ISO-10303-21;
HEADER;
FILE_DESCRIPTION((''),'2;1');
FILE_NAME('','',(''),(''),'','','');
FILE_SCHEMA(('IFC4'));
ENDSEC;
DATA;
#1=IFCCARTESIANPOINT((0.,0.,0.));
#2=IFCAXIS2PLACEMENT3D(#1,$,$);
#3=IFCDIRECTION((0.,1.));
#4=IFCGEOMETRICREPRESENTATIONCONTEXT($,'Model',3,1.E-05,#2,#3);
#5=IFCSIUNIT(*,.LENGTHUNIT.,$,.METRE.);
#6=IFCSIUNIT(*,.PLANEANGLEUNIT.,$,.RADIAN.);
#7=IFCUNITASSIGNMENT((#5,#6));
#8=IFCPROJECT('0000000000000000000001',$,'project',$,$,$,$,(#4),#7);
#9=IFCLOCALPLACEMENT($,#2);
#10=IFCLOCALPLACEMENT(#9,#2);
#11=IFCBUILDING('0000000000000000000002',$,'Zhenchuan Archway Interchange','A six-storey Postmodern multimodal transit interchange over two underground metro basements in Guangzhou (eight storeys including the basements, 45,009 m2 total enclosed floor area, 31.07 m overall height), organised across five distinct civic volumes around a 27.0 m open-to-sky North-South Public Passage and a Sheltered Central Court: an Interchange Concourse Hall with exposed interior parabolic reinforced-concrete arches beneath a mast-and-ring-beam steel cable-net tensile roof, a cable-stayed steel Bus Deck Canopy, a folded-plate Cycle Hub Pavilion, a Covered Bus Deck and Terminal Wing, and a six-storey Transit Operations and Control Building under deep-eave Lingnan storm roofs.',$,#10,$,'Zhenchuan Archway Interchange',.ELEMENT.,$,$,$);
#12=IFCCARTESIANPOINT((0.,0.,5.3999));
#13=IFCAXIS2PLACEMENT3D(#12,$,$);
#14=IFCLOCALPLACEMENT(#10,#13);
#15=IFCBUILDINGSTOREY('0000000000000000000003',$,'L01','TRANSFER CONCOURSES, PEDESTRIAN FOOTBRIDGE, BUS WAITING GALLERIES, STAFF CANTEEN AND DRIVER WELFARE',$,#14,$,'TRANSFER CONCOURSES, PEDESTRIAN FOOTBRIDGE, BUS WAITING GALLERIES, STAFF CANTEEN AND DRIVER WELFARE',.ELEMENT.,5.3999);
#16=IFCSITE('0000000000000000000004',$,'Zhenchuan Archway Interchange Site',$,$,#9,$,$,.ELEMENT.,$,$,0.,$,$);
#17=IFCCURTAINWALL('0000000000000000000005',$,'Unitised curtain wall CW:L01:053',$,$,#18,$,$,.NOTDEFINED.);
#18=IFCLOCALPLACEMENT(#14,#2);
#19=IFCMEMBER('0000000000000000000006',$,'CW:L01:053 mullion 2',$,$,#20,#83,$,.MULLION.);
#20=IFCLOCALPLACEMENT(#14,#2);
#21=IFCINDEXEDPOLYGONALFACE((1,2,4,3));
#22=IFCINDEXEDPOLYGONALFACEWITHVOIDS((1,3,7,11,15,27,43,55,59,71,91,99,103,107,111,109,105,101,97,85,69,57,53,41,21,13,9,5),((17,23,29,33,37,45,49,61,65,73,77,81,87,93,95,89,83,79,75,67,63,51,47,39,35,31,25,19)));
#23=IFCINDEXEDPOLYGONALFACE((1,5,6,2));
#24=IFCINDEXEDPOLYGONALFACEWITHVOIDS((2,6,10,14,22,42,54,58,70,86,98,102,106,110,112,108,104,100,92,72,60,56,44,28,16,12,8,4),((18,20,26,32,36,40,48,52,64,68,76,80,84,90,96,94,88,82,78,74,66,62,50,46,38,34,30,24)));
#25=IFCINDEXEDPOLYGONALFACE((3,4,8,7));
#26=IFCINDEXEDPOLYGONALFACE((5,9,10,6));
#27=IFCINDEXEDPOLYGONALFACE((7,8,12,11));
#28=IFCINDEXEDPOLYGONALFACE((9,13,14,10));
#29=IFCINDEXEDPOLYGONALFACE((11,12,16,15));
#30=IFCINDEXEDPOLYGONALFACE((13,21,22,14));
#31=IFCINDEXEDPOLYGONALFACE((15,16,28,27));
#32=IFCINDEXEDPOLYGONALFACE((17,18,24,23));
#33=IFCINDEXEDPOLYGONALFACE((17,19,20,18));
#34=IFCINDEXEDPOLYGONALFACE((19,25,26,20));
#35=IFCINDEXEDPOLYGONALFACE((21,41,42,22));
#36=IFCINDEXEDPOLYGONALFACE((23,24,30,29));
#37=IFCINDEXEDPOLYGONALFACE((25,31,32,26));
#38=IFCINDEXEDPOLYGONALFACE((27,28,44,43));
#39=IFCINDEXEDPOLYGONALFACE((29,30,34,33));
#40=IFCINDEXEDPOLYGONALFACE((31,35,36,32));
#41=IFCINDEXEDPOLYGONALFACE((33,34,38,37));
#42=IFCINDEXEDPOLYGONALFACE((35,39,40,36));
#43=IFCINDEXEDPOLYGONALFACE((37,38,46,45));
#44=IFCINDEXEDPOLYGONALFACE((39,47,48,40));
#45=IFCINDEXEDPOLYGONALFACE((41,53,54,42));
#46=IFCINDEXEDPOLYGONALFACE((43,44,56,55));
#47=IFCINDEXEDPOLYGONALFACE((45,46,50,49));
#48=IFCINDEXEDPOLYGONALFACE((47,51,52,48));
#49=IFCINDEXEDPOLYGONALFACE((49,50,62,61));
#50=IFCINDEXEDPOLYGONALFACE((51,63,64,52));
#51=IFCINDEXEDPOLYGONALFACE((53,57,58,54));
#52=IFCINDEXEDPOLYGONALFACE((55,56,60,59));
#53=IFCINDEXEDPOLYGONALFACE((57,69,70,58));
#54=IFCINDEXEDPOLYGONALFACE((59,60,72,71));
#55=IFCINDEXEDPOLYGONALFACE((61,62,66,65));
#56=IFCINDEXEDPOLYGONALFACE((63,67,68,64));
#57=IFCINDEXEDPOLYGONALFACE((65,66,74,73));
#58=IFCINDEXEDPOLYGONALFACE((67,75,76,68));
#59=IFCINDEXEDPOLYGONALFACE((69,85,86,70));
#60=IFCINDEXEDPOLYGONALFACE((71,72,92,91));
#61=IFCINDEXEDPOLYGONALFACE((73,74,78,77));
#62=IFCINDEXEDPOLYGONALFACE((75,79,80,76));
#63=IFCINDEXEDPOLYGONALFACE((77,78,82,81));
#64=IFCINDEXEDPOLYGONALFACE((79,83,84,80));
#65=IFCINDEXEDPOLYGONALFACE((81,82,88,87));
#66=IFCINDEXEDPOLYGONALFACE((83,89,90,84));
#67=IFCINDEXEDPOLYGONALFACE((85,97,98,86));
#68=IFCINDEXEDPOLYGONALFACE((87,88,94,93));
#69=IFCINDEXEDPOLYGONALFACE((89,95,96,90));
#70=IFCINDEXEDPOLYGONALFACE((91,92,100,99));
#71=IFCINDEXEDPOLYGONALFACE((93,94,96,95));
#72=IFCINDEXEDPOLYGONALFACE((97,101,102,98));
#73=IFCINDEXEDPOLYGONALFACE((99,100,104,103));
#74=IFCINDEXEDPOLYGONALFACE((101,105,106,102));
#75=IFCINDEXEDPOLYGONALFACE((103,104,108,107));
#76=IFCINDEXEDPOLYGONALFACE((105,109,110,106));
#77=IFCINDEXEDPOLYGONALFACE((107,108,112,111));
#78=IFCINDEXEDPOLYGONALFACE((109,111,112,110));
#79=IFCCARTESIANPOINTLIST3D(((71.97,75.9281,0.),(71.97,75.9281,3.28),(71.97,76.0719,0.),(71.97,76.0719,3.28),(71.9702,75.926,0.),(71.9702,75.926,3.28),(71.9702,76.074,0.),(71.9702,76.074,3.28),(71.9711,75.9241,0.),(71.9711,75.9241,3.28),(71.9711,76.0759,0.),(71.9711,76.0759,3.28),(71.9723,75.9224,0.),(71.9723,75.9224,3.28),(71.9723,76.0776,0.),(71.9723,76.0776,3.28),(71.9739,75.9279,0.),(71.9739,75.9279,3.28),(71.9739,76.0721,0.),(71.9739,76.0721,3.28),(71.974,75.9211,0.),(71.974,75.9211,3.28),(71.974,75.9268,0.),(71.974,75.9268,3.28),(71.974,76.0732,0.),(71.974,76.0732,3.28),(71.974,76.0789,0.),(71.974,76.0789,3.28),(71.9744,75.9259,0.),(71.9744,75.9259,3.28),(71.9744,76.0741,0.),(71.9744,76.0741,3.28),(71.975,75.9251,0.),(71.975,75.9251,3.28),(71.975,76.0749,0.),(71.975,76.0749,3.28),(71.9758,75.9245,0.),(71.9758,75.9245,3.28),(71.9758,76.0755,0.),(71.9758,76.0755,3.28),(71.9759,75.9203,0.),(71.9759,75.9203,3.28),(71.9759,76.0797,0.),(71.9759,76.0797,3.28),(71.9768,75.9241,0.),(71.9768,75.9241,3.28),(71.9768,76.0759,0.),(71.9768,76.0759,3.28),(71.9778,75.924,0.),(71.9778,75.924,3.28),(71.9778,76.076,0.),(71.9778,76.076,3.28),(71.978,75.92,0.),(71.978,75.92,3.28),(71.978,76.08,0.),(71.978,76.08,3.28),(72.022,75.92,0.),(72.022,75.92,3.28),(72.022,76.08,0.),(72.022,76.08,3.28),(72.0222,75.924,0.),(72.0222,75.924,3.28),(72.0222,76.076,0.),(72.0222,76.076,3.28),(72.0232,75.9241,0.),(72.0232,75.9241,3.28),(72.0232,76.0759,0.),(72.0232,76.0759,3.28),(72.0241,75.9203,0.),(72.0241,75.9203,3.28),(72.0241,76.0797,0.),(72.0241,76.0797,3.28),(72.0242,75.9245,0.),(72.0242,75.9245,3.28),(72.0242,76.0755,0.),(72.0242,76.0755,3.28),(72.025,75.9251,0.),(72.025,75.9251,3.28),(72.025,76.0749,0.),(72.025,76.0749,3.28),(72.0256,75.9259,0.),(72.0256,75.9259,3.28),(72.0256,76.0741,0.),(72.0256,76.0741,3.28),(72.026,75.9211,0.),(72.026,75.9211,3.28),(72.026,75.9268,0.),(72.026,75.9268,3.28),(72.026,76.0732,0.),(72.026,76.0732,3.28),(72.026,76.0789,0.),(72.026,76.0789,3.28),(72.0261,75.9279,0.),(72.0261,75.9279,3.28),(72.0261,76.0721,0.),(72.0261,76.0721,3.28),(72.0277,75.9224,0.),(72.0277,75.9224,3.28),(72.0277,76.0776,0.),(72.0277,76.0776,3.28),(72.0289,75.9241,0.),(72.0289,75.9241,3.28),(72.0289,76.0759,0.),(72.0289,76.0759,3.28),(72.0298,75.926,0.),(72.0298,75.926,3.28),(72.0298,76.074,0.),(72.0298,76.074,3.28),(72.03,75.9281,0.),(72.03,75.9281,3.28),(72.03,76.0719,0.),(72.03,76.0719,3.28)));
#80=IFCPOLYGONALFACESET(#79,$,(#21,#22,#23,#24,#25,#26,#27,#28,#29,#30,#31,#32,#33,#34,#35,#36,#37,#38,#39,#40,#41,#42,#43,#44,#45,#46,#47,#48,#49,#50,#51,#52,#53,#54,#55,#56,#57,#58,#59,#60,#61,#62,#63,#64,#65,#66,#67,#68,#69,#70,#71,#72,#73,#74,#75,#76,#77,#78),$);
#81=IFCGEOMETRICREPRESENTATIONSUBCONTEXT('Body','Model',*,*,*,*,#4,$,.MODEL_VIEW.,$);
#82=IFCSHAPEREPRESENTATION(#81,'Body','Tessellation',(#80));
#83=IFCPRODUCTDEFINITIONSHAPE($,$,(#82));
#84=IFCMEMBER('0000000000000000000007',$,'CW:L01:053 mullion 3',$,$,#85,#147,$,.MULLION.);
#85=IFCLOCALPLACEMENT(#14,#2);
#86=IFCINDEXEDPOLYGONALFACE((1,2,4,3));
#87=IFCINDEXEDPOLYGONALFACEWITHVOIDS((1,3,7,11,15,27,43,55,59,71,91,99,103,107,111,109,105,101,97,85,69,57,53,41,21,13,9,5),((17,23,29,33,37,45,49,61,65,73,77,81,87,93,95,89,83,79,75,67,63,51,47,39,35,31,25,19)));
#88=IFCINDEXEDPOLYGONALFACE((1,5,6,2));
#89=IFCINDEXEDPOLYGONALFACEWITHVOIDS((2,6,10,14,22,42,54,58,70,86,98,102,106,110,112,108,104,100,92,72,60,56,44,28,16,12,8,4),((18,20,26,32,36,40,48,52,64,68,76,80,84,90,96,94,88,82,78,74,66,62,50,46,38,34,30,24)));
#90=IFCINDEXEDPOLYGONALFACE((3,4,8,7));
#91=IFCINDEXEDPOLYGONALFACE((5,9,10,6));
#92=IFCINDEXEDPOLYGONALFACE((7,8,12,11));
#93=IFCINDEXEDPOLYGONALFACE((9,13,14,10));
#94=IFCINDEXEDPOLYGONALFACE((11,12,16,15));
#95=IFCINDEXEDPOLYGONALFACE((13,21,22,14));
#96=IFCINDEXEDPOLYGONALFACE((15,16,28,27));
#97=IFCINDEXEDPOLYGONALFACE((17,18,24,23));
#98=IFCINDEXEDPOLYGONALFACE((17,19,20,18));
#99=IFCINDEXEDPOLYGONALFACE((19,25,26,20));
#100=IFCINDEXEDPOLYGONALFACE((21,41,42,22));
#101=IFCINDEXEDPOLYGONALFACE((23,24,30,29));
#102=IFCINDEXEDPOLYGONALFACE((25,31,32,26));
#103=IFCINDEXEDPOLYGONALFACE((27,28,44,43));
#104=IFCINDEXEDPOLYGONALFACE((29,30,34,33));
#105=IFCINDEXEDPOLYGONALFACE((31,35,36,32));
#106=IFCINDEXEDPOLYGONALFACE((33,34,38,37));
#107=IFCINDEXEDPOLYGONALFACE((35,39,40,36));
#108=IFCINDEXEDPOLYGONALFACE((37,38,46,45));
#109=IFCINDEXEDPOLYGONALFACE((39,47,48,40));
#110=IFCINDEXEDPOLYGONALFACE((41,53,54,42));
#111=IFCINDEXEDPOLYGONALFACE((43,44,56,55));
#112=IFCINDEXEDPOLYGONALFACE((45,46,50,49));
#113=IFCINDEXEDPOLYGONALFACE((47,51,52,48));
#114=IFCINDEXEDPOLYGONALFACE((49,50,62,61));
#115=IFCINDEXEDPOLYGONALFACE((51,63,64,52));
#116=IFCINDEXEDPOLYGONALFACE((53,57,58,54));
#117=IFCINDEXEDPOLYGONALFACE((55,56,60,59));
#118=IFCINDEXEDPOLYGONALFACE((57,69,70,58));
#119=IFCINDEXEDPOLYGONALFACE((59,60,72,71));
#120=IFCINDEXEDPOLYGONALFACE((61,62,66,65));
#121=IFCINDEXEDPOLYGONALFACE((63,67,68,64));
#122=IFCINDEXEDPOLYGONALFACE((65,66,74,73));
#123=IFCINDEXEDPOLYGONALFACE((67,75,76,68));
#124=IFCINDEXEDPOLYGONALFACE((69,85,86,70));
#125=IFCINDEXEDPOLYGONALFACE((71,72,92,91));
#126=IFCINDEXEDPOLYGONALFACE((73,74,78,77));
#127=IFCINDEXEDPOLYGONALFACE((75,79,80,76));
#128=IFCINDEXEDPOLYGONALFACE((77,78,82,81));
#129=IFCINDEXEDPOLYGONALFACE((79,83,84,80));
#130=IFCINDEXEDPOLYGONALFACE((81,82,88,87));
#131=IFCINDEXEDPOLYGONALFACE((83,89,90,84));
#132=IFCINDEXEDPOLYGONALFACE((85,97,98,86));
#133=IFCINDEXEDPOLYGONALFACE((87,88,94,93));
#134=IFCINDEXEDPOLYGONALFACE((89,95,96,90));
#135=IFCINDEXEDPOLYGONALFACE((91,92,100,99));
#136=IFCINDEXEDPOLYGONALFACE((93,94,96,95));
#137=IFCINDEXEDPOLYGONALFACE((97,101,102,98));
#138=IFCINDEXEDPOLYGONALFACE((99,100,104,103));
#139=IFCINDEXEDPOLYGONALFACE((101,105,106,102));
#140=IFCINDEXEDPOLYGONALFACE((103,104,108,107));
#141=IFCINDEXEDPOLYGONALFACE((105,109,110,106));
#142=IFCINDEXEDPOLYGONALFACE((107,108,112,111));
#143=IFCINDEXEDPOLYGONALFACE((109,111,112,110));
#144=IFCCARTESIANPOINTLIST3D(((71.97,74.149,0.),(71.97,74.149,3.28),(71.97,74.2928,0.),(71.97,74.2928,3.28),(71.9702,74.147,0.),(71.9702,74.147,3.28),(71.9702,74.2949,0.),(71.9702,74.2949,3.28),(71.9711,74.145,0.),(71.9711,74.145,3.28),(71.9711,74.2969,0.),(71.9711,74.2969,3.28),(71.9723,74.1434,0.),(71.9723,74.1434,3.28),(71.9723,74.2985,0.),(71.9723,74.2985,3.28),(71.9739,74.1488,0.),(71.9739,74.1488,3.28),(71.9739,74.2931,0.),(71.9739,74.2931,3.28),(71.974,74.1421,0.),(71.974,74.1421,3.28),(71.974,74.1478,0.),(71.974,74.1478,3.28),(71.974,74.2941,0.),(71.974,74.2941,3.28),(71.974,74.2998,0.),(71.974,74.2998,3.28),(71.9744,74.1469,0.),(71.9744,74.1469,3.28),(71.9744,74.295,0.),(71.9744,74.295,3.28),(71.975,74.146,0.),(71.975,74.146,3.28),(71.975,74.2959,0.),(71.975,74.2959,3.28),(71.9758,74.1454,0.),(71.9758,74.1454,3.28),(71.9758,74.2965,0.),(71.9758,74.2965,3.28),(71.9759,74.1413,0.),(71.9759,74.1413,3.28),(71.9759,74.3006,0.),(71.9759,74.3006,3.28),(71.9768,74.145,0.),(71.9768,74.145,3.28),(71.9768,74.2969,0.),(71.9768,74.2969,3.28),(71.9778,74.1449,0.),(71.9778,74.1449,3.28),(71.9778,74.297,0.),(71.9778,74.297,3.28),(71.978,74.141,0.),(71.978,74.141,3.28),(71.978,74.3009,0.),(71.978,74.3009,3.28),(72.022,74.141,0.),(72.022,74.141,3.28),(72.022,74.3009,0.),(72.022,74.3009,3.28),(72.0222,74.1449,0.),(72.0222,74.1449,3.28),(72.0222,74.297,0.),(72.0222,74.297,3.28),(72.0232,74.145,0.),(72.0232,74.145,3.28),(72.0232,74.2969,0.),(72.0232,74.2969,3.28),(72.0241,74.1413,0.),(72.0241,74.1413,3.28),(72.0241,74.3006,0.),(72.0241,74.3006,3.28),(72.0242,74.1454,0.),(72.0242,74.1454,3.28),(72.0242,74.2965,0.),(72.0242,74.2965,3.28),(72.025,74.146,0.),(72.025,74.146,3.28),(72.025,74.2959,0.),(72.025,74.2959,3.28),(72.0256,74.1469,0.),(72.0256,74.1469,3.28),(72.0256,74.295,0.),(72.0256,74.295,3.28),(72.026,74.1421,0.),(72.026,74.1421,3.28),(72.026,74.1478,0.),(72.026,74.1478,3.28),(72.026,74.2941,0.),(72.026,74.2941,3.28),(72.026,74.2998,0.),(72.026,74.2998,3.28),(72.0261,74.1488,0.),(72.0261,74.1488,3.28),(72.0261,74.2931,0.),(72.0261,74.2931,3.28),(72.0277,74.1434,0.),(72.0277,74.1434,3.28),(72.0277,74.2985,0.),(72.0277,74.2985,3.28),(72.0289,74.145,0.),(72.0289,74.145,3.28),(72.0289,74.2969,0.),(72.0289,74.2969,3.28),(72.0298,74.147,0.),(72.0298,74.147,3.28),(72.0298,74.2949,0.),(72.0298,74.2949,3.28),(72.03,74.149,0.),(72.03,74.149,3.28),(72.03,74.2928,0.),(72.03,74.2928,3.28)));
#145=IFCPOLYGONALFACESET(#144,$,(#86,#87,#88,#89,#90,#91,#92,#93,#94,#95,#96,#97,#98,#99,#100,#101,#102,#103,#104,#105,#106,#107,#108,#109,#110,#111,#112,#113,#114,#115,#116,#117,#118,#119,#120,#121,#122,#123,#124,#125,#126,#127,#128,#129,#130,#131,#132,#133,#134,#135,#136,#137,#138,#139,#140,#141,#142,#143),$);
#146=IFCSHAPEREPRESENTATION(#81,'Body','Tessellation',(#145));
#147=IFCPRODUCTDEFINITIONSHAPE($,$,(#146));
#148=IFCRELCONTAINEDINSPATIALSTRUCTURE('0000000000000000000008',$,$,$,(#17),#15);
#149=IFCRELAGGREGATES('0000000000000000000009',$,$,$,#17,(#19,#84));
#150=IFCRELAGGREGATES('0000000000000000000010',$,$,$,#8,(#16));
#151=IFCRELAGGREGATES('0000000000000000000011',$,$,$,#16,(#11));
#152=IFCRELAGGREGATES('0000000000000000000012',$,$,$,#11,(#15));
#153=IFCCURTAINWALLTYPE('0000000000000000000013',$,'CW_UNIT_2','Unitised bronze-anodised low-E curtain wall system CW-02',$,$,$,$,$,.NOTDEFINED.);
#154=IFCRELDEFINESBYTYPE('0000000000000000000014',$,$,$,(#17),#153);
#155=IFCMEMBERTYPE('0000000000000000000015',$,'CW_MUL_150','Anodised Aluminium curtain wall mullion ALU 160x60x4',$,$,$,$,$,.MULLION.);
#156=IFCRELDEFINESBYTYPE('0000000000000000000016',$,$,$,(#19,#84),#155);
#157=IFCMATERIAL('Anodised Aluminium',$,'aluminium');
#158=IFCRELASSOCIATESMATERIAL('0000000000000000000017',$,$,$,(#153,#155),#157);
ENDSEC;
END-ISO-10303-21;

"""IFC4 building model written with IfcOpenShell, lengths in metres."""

from ifc_helpers import new_model, si_unit, direction, frame, origin, origin_2d, place, context, subcontext, project, spatial, hollow_rectangle, extrude, material, material_profile, profile_set, type_object, element, aggregate, save


model = new_model("IFC4")

# Units and contexts
model_context = context("Model", 3, precision=1e-05, world=origin(), true_north=direction((0.0, 1.0)))
body_context = subcontext(model_context, "Body", "Model", "MODEL_VIEW")
ifc_project = project(units=[si_unit("LENGTHUNIT", "METRE"), si_unit("PLANEANGLEUNIT", "RADIAN")], contexts=[model_context])

# Site, building, storey
site_placement = place(None, origin())
site = spatial("IfcSite", under=ifc_project, at=site_placement, Name="Zhenchuan Archway Interchange Site", CompositionType="ELEMENT", RefElevation=0.0)
building_placement = place(site_placement, origin())
building = spatial("IfcBuilding", under=site, at=building_placement, Name="Zhenchuan Archway Interchange", Description="A six-storey Postmodern multimodal transit interchange over two underground metro basements in Guangzhou (eight storeys including the basements, 45,009 m2 total enclosed floor area, 31.07 m overall height), organised across five distinct civic volumes around a 27.0 m open-to-sky North-South Public Passage and a Sheltered Central Court: an Interchange Concourse Hall with exposed interior parabolic reinforced-concrete arches beneath a mast-and-ring-beam steel cable-net tensile roof, a cable-stayed steel Bus Deck Canopy, a folded-plate Cycle Hub Pavilion, a Covered Bus Deck and Terminal Wing, and a six-storey Transit Operations and Control Building under deep-eave Lingnan storm roofs.", LongName="Zhenchuan Archway Interchange", CompositionType="ELEMENT")
storey_placement = place(building_placement, frame((0.0, 0.0, 5.3999)))
storey = spatial("IfcBuildingStorey", under=building, at=storey_placement, Name="L01", Description="TRANSFER CONCOURSES, PEDESTRIAN FOOTBRIDGE, BUS WAITING GALLERIES, STAFF CANTEEN AND DRIVER WELFARE", LongName="TRANSFER CONCOURSES, PEDESTRIAN FOOTBRIDGE, BUS WAITING GALLERIES, STAFF CANTEEN AND DRIVER WELFARE", CompositionType="ELEMENT", Elevation=5.3999)

# Curtain wall, members
ifc_material_1 = material(Name="Anodised Aluminium", Category="aluminium")
curtain_wall_type = type_object("IfcCurtainWallType", Name="CW_UNIT_2", Description="Unitised bronze-anodised low-E curtain wall system CW-02", PredefinedType="NOTDEFINED", material=ifc_material_1)
curtain_wall_placement = place(storey_placement, origin())
curtain_wall = element("IfcCurtainWall", 1, at=curtain_wall_placement, inside=storey, type_object=curtain_wall_type, Name="Unitised curtain wall CW:L01:053", PredefinedType="NOTDEFINED")
ifc_material_profile_1 = material_profile(ifc_material_1, hollow_rectangle(XDim=0.0601, YDim=0.1599, WallThickness=0.0039, InnerFilletRadius=0.0039, OuterFilletRadius=0.0081, at=origin_2d()), Name="ALU 160x60x4")
ifc_profile_set_1 = profile_set([ifc_material_profile_1], Name="Anodised Aluminium")
member_type_1 = type_object("IfcMemberType", Name="CW_MUL_150", Description="Anodised Aluminium curtain wall mullion ALU 160x60x4", PredefinedType="MULLION", material=ifc_profile_set_1)
member_1_placement = place(storey_placement, frame((72.0, 76.0, 0.0), z_axis=(0.0, 0.0, 1.0), x_axis=(1.0, 0.0, 0.0)))
member_1 = element("IfcMember", 2, at=member_1_placement, type_object=member_type_1, Name="CW:L01:053 mullion 2", PredefinedType="MULLION", context=body_context, shape_type="SweptSolid", body=[
    extrude(hollow_rectangle(XDim=0.0601, YDim=0.1599, WallThickness=0.0039, InnerFilletRadius=0.0039, OuterFilletRadius=0.0081, at=origin_2d()), origin(), (0.0, 0.0, 1.0), 3.28),
])
member_2_placement = place(storey_placement, frame((72.0, 74.2209, 0.0), z_axis=(0.0, 0.0, 1.0), x_axis=(1.0, 0.0, 0.0)))
member_2 = element("IfcMember", 3, at=member_2_placement, type_object=member_type_1, Name="CW:L01:053 mullion 3", PredefinedType="MULLION", context=body_context, shape_type="SweptSolid", body=[
    extrude(hollow_rectangle(XDim=0.0601, YDim=0.1599, WallThickness=0.0039, InnerFilletRadius=0.0039, OuterFilletRadius=0.0081, at=origin_2d()), origin(), (0.0, 0.0, 1.0), 3.28),
])

aggregate(curtain_wall, [member_1, member_2])

save(model, "model.ifc")
